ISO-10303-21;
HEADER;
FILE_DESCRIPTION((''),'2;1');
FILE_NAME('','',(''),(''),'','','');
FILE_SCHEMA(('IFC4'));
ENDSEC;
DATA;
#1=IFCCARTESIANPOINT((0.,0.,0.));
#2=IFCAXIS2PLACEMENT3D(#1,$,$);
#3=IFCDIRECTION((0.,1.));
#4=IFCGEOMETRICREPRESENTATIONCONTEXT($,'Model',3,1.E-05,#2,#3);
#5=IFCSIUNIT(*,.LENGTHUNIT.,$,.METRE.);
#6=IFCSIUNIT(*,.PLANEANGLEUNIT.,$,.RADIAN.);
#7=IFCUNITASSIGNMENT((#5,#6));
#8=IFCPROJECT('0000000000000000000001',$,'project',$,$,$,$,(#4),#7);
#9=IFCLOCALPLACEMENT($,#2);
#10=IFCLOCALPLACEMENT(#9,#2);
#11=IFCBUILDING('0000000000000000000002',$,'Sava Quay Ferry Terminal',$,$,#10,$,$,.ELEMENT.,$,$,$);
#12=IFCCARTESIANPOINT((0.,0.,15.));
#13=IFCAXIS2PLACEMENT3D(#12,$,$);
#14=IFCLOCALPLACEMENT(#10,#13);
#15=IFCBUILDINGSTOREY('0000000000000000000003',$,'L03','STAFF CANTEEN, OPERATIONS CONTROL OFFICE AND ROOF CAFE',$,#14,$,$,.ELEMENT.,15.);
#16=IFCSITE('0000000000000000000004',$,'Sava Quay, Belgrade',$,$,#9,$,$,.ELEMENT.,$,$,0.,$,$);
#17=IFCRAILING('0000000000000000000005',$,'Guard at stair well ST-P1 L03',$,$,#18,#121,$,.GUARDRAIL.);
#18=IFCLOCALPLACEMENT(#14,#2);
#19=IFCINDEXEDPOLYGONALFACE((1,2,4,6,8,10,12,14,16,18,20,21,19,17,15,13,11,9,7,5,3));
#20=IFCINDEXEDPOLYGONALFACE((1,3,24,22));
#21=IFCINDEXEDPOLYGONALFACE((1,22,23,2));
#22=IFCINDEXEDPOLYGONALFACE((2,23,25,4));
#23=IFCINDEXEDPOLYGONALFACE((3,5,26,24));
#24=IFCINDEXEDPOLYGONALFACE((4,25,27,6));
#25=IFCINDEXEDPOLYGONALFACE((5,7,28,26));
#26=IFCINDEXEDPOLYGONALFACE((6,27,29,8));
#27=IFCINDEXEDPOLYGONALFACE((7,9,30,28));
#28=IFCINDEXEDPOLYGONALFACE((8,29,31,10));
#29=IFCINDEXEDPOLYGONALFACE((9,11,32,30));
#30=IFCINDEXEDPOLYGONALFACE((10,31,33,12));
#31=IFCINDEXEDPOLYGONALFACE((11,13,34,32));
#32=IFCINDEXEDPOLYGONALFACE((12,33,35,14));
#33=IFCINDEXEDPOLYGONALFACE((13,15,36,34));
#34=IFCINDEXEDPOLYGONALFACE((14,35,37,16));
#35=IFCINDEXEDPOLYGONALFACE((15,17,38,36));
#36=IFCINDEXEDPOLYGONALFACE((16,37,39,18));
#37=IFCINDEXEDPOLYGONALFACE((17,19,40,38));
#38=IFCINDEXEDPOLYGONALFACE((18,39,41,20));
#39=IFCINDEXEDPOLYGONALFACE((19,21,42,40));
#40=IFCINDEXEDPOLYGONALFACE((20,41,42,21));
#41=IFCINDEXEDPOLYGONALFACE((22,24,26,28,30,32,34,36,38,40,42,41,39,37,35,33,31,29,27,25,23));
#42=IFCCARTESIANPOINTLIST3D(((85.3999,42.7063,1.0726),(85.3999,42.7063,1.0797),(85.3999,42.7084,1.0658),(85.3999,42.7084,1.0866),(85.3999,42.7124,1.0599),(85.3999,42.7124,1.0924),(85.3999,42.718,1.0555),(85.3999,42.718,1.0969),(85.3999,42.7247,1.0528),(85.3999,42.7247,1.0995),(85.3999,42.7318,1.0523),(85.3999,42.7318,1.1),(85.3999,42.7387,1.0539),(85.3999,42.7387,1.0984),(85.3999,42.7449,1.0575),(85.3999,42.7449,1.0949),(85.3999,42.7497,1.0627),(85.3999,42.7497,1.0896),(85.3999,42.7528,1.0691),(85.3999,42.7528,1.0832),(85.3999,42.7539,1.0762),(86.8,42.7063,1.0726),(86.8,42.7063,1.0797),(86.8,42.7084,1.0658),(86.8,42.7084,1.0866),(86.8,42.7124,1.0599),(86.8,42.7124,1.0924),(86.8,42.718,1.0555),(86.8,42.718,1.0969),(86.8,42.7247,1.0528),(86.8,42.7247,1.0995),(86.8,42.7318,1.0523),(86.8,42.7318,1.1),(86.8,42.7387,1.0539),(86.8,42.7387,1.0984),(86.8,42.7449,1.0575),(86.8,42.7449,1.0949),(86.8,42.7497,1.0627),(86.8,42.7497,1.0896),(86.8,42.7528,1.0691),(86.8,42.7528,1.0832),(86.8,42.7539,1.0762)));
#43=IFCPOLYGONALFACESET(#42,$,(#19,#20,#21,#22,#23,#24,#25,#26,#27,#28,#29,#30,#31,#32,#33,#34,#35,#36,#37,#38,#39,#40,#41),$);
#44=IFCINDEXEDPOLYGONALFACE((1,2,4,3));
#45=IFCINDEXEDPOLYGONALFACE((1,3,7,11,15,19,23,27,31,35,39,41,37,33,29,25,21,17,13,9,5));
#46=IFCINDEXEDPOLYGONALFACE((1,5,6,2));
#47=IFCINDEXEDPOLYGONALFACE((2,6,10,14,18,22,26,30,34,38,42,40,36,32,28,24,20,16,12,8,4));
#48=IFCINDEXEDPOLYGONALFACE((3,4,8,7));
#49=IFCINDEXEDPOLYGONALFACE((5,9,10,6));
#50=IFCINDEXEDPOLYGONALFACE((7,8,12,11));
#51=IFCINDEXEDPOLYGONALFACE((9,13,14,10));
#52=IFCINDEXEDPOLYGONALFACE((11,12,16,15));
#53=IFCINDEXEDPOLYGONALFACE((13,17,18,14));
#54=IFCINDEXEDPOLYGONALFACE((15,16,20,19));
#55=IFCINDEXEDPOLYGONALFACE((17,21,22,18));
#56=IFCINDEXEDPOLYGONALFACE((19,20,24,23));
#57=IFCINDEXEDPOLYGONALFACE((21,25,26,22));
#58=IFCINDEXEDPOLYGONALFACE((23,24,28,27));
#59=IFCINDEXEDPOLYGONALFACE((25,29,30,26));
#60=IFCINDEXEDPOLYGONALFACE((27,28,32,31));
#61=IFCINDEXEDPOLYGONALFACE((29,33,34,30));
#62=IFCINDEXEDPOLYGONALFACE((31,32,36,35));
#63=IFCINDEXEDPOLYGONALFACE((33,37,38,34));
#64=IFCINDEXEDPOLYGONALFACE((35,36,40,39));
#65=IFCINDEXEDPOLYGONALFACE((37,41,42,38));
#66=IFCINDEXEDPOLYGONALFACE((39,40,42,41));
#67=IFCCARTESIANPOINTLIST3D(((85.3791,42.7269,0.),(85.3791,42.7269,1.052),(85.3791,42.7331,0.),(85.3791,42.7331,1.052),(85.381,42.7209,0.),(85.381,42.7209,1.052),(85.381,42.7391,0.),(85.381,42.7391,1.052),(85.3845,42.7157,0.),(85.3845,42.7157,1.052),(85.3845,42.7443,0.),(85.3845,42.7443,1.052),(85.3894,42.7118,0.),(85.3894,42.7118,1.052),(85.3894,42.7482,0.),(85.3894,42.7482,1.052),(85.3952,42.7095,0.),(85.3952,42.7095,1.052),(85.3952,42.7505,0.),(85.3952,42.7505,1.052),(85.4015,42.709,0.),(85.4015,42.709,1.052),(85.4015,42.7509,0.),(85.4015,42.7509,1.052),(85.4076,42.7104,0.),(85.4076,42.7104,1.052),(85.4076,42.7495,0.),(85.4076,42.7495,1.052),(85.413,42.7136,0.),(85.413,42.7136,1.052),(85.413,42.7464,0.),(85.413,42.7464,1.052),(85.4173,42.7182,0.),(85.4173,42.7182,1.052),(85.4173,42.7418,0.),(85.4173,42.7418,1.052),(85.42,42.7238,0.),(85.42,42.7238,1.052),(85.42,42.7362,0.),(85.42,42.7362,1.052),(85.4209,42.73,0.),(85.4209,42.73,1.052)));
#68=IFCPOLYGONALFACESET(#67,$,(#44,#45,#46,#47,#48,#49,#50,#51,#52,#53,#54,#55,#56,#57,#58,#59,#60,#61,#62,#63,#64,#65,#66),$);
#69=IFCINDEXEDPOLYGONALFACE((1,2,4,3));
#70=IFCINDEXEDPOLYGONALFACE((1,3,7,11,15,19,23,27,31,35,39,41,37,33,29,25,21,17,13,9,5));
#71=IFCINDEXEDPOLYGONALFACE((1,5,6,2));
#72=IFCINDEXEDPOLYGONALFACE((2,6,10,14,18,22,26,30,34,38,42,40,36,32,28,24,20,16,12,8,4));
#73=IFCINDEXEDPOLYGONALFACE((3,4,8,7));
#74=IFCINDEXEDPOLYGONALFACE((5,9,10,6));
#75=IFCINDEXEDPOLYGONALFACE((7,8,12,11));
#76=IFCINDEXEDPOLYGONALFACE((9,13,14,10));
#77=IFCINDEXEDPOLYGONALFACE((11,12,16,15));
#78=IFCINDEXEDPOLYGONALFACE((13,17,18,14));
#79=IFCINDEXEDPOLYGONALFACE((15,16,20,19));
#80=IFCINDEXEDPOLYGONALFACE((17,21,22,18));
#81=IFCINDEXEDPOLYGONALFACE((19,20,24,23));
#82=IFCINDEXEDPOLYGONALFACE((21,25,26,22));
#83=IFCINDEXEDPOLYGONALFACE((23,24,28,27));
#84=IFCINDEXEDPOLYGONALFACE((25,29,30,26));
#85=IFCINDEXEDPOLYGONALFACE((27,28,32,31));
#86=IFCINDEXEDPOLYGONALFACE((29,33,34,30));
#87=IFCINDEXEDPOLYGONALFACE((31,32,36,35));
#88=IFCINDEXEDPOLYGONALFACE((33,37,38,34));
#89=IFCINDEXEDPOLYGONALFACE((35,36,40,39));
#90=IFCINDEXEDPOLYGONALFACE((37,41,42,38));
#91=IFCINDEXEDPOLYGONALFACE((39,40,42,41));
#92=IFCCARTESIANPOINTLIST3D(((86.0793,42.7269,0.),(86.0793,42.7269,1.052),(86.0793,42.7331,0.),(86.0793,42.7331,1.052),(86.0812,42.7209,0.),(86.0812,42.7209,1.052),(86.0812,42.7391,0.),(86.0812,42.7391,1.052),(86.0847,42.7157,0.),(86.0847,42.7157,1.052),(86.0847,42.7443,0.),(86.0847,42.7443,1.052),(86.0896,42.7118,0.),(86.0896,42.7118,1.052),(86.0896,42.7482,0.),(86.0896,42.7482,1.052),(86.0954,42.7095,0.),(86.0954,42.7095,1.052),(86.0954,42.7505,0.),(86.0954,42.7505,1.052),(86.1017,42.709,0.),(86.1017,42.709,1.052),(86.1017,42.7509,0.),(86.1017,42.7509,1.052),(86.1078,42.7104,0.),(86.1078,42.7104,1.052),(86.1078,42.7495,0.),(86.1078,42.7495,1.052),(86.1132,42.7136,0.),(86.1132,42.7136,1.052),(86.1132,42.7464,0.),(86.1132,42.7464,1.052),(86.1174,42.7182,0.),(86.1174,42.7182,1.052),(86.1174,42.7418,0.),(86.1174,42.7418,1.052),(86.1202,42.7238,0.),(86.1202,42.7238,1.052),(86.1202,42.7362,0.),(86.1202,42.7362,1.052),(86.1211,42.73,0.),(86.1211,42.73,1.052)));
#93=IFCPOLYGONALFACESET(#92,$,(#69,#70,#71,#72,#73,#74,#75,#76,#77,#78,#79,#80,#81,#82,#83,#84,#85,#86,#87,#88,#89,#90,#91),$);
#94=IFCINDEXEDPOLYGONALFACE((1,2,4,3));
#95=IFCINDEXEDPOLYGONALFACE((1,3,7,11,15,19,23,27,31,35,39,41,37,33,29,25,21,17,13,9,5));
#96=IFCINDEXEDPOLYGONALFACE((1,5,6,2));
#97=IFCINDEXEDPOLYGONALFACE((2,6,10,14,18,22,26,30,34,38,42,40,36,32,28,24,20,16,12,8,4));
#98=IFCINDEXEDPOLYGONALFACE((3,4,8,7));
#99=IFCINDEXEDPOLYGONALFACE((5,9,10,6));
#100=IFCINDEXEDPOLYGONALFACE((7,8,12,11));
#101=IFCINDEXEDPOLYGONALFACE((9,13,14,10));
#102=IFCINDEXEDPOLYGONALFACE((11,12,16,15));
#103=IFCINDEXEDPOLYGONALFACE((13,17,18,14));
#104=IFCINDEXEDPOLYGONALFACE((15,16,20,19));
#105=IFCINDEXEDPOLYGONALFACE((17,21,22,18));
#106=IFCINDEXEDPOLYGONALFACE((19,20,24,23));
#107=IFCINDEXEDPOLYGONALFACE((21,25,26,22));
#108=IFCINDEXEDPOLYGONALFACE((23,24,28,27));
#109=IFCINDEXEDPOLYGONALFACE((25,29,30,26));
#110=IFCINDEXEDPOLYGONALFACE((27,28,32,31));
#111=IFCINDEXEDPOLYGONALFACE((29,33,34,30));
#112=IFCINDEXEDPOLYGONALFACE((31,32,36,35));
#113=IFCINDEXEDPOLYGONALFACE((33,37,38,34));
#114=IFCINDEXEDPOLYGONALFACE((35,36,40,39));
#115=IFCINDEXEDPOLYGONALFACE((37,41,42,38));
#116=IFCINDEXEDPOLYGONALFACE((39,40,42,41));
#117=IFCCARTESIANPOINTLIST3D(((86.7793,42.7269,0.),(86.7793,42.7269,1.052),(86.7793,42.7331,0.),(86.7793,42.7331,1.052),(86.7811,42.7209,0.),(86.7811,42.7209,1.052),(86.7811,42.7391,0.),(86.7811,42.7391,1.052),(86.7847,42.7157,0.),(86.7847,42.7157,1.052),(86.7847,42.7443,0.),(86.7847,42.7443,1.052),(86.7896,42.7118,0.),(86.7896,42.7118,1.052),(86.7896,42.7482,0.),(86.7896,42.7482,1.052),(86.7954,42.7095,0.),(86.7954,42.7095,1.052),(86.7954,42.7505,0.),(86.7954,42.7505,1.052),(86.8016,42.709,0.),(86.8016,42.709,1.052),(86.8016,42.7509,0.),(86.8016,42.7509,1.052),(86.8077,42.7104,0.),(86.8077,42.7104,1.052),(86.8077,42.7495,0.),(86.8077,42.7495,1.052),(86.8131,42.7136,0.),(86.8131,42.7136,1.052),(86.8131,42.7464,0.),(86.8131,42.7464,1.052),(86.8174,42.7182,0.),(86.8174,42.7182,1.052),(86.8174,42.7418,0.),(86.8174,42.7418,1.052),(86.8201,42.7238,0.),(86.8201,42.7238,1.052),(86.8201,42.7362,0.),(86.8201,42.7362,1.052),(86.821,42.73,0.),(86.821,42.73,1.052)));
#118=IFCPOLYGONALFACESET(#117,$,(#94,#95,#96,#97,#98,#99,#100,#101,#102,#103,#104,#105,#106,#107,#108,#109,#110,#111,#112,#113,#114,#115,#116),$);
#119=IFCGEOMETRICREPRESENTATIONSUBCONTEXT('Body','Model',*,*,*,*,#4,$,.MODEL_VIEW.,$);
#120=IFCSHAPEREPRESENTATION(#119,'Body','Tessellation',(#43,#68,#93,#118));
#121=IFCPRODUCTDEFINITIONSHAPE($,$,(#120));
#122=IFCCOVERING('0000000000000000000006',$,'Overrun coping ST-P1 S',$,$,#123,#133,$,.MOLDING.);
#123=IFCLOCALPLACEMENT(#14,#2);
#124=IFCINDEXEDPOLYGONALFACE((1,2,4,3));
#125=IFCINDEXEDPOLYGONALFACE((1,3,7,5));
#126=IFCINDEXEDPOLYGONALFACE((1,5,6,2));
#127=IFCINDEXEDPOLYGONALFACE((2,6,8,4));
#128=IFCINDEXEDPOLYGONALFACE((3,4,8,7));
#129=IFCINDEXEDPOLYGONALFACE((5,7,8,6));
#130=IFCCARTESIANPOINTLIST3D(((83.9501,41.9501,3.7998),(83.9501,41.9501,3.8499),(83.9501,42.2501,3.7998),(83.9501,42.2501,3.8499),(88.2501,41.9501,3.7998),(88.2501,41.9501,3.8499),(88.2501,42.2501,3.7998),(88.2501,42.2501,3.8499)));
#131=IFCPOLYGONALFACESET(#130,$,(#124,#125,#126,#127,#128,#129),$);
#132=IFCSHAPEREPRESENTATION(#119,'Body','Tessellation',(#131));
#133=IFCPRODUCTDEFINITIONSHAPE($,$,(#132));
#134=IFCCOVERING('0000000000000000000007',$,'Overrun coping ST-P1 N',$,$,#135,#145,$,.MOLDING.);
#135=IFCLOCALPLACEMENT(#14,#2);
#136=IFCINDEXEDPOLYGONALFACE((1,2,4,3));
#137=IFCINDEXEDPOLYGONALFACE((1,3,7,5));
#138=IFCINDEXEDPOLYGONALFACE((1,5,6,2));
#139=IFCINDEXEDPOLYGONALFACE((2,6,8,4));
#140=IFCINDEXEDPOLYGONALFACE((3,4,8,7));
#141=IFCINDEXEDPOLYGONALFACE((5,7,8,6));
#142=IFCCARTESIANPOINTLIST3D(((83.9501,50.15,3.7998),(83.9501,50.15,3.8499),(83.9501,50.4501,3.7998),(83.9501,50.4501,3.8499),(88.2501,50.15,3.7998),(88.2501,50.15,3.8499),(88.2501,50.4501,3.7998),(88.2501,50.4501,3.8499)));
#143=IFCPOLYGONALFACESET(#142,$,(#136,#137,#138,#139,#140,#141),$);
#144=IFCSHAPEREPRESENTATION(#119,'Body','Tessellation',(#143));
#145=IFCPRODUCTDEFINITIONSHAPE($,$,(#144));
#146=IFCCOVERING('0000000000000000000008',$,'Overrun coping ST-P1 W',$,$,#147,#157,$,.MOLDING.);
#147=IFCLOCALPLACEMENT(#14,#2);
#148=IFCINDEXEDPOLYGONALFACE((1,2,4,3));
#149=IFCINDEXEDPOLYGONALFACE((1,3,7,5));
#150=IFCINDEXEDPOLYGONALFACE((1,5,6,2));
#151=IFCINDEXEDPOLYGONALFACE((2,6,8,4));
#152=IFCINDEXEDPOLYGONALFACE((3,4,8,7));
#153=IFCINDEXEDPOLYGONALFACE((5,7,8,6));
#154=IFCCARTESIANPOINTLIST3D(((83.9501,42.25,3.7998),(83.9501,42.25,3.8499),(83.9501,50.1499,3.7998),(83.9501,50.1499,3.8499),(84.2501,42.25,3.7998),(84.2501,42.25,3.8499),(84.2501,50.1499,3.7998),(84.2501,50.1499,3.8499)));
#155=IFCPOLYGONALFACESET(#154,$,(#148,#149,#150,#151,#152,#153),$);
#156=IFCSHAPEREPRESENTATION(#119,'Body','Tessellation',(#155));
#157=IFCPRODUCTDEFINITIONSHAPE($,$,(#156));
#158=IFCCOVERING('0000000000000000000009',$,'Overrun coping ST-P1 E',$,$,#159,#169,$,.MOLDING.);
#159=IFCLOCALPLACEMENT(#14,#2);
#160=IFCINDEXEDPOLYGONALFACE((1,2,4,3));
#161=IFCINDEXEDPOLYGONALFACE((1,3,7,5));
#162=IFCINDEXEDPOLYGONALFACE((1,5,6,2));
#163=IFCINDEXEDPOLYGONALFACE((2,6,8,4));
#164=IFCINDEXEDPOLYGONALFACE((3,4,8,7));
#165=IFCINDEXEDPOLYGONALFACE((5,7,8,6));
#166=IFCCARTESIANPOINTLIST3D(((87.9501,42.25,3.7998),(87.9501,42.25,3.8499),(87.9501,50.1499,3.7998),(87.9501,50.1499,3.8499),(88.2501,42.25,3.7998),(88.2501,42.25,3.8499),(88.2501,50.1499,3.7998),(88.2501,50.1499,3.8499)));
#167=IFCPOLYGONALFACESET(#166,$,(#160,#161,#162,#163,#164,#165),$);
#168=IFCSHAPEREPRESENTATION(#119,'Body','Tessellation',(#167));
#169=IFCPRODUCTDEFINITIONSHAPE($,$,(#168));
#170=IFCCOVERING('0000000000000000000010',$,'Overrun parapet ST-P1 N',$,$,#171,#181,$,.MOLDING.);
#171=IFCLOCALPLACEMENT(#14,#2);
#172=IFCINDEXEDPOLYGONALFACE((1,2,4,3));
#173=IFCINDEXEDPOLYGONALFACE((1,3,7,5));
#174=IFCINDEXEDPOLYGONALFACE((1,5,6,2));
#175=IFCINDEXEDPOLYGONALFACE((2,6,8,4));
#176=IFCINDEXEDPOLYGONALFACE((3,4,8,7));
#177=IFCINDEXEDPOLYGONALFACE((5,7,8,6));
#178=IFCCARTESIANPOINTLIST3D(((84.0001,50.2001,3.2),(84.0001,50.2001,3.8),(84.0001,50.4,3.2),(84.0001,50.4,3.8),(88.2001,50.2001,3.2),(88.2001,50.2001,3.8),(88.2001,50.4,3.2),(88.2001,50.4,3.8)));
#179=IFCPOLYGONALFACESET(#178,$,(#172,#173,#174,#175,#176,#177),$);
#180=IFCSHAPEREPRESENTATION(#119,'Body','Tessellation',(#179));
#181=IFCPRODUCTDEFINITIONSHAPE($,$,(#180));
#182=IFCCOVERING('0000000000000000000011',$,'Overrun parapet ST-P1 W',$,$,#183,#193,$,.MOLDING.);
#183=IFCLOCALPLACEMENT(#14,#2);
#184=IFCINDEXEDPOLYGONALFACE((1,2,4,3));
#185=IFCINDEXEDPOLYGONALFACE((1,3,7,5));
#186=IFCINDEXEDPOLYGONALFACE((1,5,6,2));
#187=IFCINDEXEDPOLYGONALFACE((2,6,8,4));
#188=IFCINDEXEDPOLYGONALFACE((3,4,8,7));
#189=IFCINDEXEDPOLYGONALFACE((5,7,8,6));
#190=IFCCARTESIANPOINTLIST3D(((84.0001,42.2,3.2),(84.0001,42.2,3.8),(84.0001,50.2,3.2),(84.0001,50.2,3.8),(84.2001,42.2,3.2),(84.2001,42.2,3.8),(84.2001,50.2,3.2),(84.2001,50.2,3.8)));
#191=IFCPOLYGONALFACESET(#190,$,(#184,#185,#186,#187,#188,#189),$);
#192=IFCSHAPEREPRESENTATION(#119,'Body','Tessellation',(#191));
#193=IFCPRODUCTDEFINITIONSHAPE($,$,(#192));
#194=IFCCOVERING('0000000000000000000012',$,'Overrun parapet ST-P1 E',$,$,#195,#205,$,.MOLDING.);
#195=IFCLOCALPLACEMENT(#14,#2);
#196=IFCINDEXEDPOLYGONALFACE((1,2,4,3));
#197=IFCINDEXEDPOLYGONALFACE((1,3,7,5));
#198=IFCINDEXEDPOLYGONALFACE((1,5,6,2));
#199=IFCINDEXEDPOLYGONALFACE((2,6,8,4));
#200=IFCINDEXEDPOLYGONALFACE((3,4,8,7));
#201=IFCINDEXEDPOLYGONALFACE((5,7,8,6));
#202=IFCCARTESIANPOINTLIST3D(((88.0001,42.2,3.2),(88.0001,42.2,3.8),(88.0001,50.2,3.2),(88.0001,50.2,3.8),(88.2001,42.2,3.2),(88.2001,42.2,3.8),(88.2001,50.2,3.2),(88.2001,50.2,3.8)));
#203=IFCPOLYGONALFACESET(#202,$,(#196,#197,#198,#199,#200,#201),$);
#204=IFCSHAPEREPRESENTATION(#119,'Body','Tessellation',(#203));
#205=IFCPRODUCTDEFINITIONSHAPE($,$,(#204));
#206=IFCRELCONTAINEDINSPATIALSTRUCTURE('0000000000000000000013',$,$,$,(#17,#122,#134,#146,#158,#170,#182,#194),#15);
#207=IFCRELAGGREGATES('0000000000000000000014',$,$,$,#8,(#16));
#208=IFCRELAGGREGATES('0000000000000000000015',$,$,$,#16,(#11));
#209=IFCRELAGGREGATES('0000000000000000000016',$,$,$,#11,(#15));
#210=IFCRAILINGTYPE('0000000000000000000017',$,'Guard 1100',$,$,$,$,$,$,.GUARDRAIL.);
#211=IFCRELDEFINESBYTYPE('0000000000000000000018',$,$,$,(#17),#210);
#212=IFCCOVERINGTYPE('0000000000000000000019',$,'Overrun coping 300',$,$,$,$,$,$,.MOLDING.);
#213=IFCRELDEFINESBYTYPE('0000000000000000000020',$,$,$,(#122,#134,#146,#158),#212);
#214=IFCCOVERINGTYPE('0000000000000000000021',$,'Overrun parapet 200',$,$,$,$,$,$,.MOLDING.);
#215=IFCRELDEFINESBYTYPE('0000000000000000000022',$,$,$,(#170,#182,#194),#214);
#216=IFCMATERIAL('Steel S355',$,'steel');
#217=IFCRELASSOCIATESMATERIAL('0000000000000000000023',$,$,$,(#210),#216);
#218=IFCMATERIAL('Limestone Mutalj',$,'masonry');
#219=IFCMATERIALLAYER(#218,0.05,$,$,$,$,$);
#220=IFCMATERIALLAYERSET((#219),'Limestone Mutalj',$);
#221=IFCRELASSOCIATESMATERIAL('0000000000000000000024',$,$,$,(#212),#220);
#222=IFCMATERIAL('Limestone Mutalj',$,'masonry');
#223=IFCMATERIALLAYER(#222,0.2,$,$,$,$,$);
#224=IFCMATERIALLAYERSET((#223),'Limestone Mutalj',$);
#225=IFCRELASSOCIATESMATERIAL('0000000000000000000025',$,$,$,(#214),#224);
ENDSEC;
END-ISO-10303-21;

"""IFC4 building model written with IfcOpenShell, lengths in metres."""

from ifc_helpers import new_model, si_unit, direction, frame, origin, origin_2d, place, context, subcontext, project, spatial, rectangle, circle, extrude, material, layer, layer_set, type_object, element, save


model = new_model("IFC4")

# Units and contexts
model_context = context("Model", 3, precision=1e-05, world=origin(), true_north=direction((0.0, 1.0)))
body_context = subcontext(model_context, "Body", "Model", "MODEL_VIEW")
ifc_project = project(units=[si_unit("LENGTHUNIT", "METRE"), si_unit("PLANEANGLEUNIT", "RADIAN")], contexts=[model_context])

# Site, building, storey
site_placement = place(None, origin())
site = spatial("IfcSite", under=ifc_project, at=site_placement, Name="Sava Quay, Belgrade", CompositionType="ELEMENT", RefElevation=0.0)
building_placement = place(site_placement, origin())
building = spatial("IfcBuilding", under=site, at=building_placement, Name="Sava Quay Ferry Terminal", CompositionType="ELEMENT")
storey_placement = place(building_placement, frame((0.0, 0.0, 15.0)))
storey = spatial("IfcBuildingStorey", under=building, at=storey_placement, Name="L03", Description="STAFF CANTEEN, OPERATIONS CONTROL OFFICE AND ROOF CAFE", CompositionType="ELEMENT", Elevation=15.0)

# Railing
ifc_material_1 = material(Name="Steel S355", Category="steel")
railing_type_1 = type_object("IfcRailingType", Name="Guard 1100", PredefinedType="GUARDRAIL", material=ifc_material_1)
railing_1_placement = place(storey_placement, frame((85.3999, 42.73, 0.0)))
element("IfcRailing", 1, at=railing_1_placement, inside=storey, type_object=railing_type_1, Name="Guard at stair well ST-P1 L03", PredefinedType="GUARDRAIL", context=body_context, shape_type="SweptSolid", body=[
    extrude(circle(Radius=0.0239, at=origin_2d()), frame((0.0, 0.0, 1.0762), z_axis=(1.0, 0.0, 0.0), x_axis=(0.0, 1.0, 0.0)), (0.0, 0.0, 1.0), 1.4001),
    extrude(circle(Radius=0.021, at=origin_2d()), origin(), (0.0, 0.0, 1.0), 1.052),
    extrude(circle(Radius=0.021, at=origin_2d()), frame((0.7002, 0.0, 0.0)), (0.0, 0.0, 1.0), 1.052),
    extrude(circle(Radius=0.021, at=origin_2d()), frame((1.4001, 0.0, 0.0)), (0.0, 0.0, 1.0), 1.052),
])

# Coverings
ifc_material_2 = material(Name="Limestone Mutalj", Category="masonry")
ifc_layer_1 = layer(ifc_material_2, 0.05)
ifc_layer_set_1 = layer_set([ifc_layer_1], Name="Limestone Mutalj")
covering_type_1 = type_object("IfcCoveringType", Name="Overrun coping 300", PredefinedType="MOLDING", material=ifc_layer_set_1)
for number, where, z_axis, x_axis, name in (
    (2, (86.1001, 42.1001, 3.7998), (0.0, 0.0, 1.0), (1.0, 0.0, 0.0), "Overrun coping ST-P1 S"),
    (3, (86.1001, 50.3, 3.7998), (0.0, 0.0, 1.0), (1.0, 0.0, 0.0), "Overrun coping ST-P1 N"),
):
    element("IfcCovering", number, at=place(storey_placement, frame(where, z_axis=z_axis, x_axis=x_axis)), inside=storey, type_object=covering_type_1, Name=name, PredefinedType="MOLDING", context=body_context, shape_type="SweptSolid", body=[
        extrude(rectangle(XDim=4.3, YDim=0.3, at=origin_2d()), origin(), (0.0, 0.0, 1.0), 0.05),
    ])
for number, where, z_axis, x_axis, name in (
    (4, (84.1001, 46.2, 3.7998), (0.0, 0.0, 1.0), (1.0, 0.0, 0.0), "Overrun coping ST-P1 W"),
    (5, (88.1001, 46.2, 3.7998), (0.0, 0.0, 1.0), (1.0, 0.0, 0.0), "Overrun coping ST-P1 E"),
):
    element("IfcCovering", number, at=place(storey_placement, frame(where, z_axis=z_axis, x_axis=x_axis)), inside=storey, type_object=covering_type_1, Name=name, PredefinedType="MOLDING", context=body_context, shape_type="SweptSolid", body=[
        extrude(rectangle(XDim=0.3, YDim=7.8999, at=origin_2d()), origin(), (0.0, 0.0, 1.0), 0.05),
    ])
ifc_material_3 = material(Name="Limestone Mutalj", Category="masonry")
ifc_layer_2 = layer(ifc_material_3, 0.2)
ifc_layer_set_2 = layer_set([ifc_layer_2], Name="Limestone Mutalj")
covering_type_2 = type_object("IfcCoveringType", Name="Overrun parapet 200", PredefinedType="MOLDING", material=ifc_layer_set_2)
covering_1_placement = place(storey_placement, frame((86.1001, 50.3, 3.2), z_axis=(0.0, 0.0, 1.0), x_axis=(1.0, 0.0, 0.0)))
element("IfcCovering", 6, at=covering_1_placement, inside=storey, type_object=covering_type_2, Name="Overrun parapet ST-P1 N", PredefinedType="MOLDING", context=body_context, shape_type="SweptSolid", body=[
    extrude(rectangle(XDim=4.2, YDim=0.2, at=origin_2d()), origin(), (0.0, 0.0, 1.0), 0.6001),
])
for number, where, z_axis, x_axis, name in (
    (7, (84.1001, 46.2, 3.2), (0.0, 0.0, 1.0), (1.0, 0.0, 0.0), "Overrun parapet ST-P1 W"),
    (8, (88.1001, 46.2, 3.2), (0.0, 0.0, 1.0), (1.0, 0.0, 0.0), "Overrun parapet ST-P1 E"),
):
    element("IfcCovering", number, at=place(storey_placement, frame(where, z_axis=z_axis, x_axis=x_axis)), inside=storey, type_object=covering_type_2, Name=name, PredefinedType="MOLDING", context=body_context, shape_type="SweptSolid", body=[
        extrude(rectangle(XDim=0.2, YDim=8.0, at=origin_2d()), origin(), (0.0, 0.0, 1.0), 0.6001),
    ])

save(model, "model.ifc")
